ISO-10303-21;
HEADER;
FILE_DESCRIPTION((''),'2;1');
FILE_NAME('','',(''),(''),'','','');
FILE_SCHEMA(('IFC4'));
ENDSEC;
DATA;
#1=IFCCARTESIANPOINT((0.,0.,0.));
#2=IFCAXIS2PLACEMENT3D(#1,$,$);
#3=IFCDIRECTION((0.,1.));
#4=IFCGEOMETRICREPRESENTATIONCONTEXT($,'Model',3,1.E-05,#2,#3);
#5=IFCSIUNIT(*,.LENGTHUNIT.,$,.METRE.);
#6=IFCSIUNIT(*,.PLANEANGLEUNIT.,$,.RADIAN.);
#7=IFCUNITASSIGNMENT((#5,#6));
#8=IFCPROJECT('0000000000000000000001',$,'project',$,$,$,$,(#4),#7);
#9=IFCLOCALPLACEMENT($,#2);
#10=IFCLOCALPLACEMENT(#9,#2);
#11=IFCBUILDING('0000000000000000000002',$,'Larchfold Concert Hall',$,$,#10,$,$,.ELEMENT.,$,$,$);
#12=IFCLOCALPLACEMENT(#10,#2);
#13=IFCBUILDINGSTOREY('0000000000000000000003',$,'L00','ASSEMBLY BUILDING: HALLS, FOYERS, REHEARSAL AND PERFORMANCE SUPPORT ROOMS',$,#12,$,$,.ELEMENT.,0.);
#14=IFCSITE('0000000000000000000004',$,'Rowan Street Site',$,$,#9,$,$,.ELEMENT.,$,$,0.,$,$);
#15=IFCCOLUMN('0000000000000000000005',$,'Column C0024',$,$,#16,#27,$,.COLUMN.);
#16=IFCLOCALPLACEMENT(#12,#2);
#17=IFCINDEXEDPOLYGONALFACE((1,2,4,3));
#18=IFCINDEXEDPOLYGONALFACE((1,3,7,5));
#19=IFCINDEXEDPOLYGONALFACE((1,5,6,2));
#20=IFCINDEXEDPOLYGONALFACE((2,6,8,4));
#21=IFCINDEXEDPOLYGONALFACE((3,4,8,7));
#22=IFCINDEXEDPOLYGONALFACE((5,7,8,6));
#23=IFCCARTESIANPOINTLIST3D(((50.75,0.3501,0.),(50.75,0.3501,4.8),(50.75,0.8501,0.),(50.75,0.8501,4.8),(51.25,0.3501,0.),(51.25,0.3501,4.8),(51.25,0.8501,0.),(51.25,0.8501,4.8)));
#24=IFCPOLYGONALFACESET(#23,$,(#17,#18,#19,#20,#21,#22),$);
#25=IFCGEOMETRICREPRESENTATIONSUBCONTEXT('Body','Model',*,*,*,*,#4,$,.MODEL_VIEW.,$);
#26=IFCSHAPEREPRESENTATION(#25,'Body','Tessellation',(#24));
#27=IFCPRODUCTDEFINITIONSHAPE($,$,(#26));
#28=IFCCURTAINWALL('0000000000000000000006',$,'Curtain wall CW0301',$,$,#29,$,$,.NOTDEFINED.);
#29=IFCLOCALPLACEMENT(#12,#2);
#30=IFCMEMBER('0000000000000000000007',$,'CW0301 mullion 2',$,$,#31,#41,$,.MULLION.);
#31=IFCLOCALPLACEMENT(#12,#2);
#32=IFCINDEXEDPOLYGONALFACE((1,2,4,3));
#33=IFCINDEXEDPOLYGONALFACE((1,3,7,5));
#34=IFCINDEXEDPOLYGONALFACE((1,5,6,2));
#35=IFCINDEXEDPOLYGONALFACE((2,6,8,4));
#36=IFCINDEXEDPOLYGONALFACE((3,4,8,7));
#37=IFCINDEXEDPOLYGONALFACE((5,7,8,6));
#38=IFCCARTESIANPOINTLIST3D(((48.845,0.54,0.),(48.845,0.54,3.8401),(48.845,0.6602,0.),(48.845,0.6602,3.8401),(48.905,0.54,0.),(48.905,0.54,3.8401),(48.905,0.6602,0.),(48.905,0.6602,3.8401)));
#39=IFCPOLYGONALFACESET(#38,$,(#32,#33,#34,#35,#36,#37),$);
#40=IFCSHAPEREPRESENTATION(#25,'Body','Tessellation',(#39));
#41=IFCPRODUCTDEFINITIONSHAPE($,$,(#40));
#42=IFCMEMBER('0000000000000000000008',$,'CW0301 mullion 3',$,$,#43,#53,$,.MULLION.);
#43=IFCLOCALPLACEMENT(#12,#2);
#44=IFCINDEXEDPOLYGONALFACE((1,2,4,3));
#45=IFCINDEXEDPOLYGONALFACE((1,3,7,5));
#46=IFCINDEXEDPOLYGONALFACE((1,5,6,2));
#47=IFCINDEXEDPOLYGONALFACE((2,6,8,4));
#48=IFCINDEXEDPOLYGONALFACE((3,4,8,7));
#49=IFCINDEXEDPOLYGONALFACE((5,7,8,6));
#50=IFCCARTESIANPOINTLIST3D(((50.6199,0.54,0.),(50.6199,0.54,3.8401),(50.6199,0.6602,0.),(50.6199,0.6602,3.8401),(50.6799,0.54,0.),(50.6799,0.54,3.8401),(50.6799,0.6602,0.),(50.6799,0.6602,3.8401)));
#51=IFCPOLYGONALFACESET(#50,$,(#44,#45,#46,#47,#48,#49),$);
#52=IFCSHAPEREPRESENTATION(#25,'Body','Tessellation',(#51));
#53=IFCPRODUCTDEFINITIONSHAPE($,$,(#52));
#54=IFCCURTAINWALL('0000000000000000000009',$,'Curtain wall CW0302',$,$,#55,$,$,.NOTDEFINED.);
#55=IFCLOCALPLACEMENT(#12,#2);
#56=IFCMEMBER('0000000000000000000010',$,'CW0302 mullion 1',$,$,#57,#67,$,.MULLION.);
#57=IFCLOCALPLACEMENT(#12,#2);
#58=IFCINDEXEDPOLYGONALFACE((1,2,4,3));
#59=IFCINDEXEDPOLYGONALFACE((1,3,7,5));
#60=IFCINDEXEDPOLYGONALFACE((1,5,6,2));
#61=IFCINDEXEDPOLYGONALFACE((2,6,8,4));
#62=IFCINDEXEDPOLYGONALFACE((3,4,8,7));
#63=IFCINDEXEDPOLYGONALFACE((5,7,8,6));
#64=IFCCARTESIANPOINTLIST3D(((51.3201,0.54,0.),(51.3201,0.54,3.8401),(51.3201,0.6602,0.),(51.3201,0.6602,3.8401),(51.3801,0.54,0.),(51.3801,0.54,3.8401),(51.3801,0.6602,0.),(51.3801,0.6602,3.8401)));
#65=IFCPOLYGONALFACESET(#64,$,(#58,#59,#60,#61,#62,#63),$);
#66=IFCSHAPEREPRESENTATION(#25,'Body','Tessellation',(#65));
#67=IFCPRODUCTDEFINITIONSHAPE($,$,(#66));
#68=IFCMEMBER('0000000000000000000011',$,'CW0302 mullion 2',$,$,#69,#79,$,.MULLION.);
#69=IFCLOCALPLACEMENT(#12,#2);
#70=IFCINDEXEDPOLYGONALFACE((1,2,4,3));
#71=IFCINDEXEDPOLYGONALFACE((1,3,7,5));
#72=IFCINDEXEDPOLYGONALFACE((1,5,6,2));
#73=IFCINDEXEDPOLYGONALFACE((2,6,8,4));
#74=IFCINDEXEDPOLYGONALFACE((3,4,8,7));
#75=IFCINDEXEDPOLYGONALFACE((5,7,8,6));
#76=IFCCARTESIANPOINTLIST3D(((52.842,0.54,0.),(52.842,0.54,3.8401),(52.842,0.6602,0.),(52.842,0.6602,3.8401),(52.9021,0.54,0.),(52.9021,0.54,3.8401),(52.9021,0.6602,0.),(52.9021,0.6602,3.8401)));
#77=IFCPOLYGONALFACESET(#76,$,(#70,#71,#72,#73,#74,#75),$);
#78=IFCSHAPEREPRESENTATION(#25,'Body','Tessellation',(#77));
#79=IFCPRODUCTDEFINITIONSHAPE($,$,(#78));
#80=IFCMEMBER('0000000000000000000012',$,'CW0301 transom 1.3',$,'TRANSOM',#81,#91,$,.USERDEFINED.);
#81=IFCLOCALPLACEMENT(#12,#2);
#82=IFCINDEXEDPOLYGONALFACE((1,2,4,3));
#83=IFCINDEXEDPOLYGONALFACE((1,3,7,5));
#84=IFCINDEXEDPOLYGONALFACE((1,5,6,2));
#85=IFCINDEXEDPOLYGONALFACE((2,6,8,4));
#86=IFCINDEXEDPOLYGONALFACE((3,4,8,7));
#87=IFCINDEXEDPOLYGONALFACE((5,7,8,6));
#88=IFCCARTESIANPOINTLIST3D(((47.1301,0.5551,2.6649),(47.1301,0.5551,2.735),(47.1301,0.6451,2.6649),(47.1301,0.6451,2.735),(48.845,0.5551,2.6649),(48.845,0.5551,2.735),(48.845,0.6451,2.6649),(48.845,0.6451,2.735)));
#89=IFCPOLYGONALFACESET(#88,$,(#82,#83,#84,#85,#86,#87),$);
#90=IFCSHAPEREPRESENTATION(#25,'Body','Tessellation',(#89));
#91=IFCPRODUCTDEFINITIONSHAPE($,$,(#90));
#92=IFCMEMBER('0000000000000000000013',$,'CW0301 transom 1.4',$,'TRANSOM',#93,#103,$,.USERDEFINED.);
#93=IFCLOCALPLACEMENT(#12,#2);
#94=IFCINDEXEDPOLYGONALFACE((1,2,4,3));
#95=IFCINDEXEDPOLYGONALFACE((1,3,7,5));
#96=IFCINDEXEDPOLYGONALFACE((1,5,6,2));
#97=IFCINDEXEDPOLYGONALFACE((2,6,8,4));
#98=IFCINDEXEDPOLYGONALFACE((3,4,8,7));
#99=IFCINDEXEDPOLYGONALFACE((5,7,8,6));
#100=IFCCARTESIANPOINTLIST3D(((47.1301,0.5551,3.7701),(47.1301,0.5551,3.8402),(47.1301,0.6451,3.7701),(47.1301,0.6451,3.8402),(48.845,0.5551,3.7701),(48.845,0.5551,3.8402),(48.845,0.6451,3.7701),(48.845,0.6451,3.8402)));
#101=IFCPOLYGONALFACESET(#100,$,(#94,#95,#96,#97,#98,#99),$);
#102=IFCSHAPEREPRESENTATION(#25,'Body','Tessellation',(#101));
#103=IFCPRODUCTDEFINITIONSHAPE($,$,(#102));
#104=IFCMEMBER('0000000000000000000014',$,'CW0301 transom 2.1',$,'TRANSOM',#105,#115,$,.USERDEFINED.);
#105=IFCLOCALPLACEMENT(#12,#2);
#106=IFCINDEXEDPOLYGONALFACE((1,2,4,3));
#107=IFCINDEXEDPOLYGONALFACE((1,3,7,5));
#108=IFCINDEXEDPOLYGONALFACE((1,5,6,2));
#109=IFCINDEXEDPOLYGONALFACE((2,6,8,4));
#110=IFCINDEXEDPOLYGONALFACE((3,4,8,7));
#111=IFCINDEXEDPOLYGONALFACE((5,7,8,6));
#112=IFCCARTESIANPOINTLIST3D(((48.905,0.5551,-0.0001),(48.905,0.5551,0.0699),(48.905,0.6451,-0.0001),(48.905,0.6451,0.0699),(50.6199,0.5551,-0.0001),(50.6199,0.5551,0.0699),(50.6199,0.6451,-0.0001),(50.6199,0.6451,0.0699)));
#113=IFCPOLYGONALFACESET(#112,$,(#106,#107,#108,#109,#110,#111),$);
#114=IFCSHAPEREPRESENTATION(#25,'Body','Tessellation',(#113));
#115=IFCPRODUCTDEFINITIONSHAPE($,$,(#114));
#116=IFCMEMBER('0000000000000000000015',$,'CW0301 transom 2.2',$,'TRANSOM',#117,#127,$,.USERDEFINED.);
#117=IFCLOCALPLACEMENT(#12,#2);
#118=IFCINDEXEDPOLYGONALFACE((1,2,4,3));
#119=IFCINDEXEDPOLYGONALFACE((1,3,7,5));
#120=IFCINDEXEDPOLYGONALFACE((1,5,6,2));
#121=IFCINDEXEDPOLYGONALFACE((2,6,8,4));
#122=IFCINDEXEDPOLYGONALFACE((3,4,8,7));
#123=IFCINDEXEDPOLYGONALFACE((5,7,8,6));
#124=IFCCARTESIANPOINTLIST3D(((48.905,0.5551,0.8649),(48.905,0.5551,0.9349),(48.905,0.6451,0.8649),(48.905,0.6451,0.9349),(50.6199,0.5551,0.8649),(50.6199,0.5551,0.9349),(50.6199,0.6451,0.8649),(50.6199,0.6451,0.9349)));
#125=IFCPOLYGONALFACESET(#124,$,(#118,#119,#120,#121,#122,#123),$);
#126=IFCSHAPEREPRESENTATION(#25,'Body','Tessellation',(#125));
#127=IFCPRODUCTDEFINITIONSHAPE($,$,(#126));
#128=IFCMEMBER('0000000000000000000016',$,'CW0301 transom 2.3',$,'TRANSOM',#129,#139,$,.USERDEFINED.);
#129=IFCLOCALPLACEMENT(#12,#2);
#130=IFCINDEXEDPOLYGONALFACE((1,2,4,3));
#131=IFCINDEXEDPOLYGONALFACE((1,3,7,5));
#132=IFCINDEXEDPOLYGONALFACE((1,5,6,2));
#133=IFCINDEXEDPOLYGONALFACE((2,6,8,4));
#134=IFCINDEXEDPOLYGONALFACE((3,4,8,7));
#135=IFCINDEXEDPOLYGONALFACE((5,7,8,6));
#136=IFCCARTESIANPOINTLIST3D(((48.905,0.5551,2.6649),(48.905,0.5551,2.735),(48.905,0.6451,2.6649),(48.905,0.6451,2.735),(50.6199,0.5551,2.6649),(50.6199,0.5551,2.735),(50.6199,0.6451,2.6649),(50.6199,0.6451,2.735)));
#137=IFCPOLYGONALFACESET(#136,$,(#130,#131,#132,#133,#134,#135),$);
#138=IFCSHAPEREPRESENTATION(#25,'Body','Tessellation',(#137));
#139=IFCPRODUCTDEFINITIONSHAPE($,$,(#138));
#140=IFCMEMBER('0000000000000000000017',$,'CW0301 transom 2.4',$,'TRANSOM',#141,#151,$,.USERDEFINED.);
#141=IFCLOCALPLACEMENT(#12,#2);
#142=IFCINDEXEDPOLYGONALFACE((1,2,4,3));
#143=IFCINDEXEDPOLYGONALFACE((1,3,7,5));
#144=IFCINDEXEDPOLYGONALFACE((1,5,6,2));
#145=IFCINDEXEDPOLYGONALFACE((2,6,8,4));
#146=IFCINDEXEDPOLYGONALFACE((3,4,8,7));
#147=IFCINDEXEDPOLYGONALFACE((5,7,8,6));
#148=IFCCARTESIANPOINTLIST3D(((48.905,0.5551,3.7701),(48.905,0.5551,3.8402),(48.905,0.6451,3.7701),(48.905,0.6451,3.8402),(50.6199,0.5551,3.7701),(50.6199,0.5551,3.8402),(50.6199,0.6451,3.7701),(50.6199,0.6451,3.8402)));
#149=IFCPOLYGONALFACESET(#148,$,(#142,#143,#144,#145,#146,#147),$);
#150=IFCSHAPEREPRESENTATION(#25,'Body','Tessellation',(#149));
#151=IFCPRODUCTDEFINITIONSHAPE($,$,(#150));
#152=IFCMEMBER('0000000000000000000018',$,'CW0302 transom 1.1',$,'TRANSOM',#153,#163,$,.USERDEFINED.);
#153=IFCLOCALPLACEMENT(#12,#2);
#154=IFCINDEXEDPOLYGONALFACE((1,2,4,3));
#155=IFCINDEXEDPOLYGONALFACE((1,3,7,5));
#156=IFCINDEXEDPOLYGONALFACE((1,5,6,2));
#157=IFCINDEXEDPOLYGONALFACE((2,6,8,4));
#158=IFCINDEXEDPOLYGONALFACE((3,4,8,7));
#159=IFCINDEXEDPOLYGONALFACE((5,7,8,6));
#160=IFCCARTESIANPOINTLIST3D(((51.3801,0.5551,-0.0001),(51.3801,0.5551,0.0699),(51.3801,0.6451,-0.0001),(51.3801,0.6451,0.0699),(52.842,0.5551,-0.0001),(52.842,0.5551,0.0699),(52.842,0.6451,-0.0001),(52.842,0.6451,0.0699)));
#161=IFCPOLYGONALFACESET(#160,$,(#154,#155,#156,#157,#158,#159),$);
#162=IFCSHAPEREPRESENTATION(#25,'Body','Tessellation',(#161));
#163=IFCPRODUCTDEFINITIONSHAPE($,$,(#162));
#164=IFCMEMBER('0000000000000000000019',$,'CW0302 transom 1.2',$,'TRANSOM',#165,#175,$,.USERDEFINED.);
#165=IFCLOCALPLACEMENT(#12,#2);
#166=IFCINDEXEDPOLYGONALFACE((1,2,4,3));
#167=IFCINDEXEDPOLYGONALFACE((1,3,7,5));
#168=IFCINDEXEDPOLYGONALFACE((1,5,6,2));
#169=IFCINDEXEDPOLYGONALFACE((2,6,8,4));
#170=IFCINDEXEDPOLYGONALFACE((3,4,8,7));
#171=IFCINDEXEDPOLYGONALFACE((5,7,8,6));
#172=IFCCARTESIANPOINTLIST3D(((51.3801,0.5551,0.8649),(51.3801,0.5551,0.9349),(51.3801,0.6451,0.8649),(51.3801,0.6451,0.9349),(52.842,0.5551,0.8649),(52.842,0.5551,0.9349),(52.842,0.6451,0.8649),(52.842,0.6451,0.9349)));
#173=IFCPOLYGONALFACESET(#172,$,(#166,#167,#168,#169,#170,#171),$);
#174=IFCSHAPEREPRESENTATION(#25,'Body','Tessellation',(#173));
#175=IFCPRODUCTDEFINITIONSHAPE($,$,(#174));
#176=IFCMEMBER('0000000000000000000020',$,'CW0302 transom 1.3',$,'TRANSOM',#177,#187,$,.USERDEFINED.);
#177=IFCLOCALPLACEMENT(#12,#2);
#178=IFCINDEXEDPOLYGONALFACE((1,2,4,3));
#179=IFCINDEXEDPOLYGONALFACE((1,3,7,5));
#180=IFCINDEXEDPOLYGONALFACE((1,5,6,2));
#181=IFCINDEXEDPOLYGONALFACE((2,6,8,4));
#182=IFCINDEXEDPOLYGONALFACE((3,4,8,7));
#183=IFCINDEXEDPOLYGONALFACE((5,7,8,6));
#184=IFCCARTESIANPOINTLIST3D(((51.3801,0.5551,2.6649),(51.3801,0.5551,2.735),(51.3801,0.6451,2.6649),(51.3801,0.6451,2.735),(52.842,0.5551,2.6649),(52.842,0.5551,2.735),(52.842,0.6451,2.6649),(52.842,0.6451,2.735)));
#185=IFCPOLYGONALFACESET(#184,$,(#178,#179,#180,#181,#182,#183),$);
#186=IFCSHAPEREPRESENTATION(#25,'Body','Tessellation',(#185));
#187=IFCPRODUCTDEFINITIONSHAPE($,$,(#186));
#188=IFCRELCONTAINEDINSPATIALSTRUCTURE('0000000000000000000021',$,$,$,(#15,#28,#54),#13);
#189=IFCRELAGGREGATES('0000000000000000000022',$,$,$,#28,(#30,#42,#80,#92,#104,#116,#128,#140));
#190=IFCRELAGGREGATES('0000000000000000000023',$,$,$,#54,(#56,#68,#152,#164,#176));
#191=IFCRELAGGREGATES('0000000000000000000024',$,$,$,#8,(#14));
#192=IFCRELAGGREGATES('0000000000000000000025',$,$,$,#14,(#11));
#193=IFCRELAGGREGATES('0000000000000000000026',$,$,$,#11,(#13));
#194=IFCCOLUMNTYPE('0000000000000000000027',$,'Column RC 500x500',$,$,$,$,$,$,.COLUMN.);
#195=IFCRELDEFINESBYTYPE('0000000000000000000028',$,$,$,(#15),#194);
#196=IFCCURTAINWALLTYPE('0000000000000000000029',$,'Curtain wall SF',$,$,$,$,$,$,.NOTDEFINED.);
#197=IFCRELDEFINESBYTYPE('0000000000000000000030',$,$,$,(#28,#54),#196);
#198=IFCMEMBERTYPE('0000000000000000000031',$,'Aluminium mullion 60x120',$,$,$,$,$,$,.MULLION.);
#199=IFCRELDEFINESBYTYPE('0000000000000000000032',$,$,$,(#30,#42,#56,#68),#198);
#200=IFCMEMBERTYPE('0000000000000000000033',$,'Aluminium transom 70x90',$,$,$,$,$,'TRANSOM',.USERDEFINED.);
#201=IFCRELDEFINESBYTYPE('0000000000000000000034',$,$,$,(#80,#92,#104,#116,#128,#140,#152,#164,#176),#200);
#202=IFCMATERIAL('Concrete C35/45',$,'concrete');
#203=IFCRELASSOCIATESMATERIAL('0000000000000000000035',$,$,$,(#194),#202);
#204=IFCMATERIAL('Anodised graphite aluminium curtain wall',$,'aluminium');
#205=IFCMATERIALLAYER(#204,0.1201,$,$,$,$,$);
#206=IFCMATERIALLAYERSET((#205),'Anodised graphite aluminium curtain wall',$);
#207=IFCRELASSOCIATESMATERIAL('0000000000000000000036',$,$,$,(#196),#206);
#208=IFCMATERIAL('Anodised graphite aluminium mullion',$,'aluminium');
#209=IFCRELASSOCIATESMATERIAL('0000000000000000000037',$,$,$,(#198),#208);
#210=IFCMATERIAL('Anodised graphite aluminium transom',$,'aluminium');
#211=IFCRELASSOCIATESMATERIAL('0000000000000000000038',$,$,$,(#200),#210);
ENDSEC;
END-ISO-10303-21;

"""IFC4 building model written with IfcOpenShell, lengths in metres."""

from ifc_helpers import new_model, si_unit, direction, frame, origin, origin_2d, place, context, subcontext, project, spatial, rectangle, extrude, material, layer, layer_set, material_profile, profile_set, type_object, element, aggregate, save


model = new_model("IFC4")

# Units and contexts
model_context = context("Model", 3, precision=1e-05, world=origin(), true_north=direction((0.0, 1.0)))
body_context = subcontext(model_context, "Body", "Model", "MODEL_VIEW")
ifc_project = project(units=[si_unit("LENGTHUNIT", "METRE"), si_unit("PLANEANGLEUNIT", "RADIAN")], contexts=[model_context])

# Site, building, storey
site_placement = place(None, origin())
site = spatial("IfcSite", under=ifc_project, at=site_placement, Name="Rowan Street Site", CompositionType="ELEMENT", RefElevation=0.0)
building_placement = place(site_placement, origin())
building = spatial("IfcBuilding", under=site, at=building_placement, Name="Larchfold Concert Hall", CompositionType="ELEMENT")
storey_placement = place(building_placement, origin())
storey = spatial("IfcBuildingStorey", under=building, at=storey_placement, Name="L00", Description="ASSEMBLY BUILDING: HALLS, FOYERS, REHEARSAL AND PERFORMANCE SUPPORT ROOMS", CompositionType="ELEMENT", Elevation=0.0)

# Column
ifc_material_1 = material(Name="Concrete C35/45", Category="concrete")
ifc_material_profile_1 = material_profile(ifc_material_1, rectangle(XDim=0.5, YDim=0.5, at=origin_2d()))
ifc_profile_set_1 = profile_set([ifc_material_profile_1], Name="Concrete C35/45")
column_type = type_object("IfcColumnType", Name="Column RC 500x500", PredefinedType="COLUMN", material=ifc_profile_set_1)
column_placement = place(storey_placement, frame((51.0, 0.6001, 0.0), z_axis=(0.0, 0.0, 1.0), x_axis=(1.0, 0.0, 0.0)))
element("IfcColumn", 1, at=column_placement, inside=storey, type_object=column_type, Name="Column C0024", PredefinedType="COLUMN", context=body_context, shape_type="SweptSolid", body=[
    extrude(rectangle(XDim=0.5, YDim=0.5, at=origin_2d()), origin(), (0.0, 0.0, 1.0), 4.8),
])

# Curtain walls, members
ifc_material_2 = material(Name="Anodised graphite aluminium curtain wall", Category="aluminium")
ifc_layer_1 = layer(ifc_material_2, 0.1201)
ifc_layer_set_1 = layer_set([ifc_layer_1], Name="Anodised graphite aluminium curtain wall")
curtain_wall_type = type_object("IfcCurtainWallType", Name="Curtain wall SF", PredefinedType="NOTDEFINED", material=ifc_layer_set_1)
curtain_wall_1_placement = place(storey_placement, origin())
curtain_wall_1 = element("IfcCurtainWall", 2, at=curtain_wall_1_placement, inside=storey, type_object=curtain_wall_type, Name="Curtain wall CW0301", PredefinedType="NOTDEFINED")
ifc_material_3 = material(Name="Anodised graphite aluminium mullion", Category="aluminium")
ifc_material_profile_2 = material_profile(ifc_material_3, rectangle(XDim=0.1201, YDim=0.0601, at=origin_2d()))
ifc_profile_set_2 = profile_set([ifc_material_profile_2], Name="Anodised graphite aluminium mullion")
member_type_1 = type_object("IfcMemberType", Name="Aluminium mullion 60x120", PredefinedType="MULLION", material=ifc_profile_set_2)
member_1_placement = place(storey_placement, frame((48.875, 0.6001, 0.0), z_axis=(0.0, 0.0, 1.0), x_axis=(0.0, 1.0, 0.0)))
member_1 = element("IfcMember", 3, at=member_1_placement, type_object=member_type_1, Name="CW0301 mullion 2", PredefinedType="MULLION", context=body_context, shape_type="SweptSolid", body=[
    extrude(rectangle(XDim=0.1201, YDim=0.0601, at=origin_2d()), origin(), (0.0, 0.0, 1.0), 3.8401),
])
member_2_placement = place(storey_placement, frame((50.6499, 0.6001, 0.0), z_axis=(0.0, 0.0, 1.0), x_axis=(0.0, 1.0, 0.0)))
member_2 = element("IfcMember", 4, at=member_2_placement, type_object=member_type_1, Name="CW0301 mullion 3", PredefinedType="MULLION", context=body_context, shape_type="SweptSolid", body=[
    extrude(rectangle(XDim=0.1201, YDim=0.0601, at=origin_2d()), origin(), (0.0, 0.0, 1.0), 3.8401),
])
curtain_wall_2_placement = place(storey_placement, origin())
curtain_wall_2 = element("IfcCurtainWall", 5, at=curtain_wall_2_placement, inside=storey, type_object=curtain_wall_type, Name="Curtain wall CW0302", PredefinedType="NOTDEFINED")
member_3_placement = place(storey_placement, frame((51.3501, 0.6001, 0.0), z_axis=(0.0, 0.0, 1.0), x_axis=(0.0, 1.0, 0.0)))
member_3 = element("IfcMember", 6, at=member_3_placement, type_object=member_type_1, Name="CW0302 mullion 1", PredefinedType="MULLION", context=body_context, shape_type="SweptSolid", body=[
    extrude(rectangle(XDim=0.1201, YDim=0.0601, at=origin_2d()), origin(), (0.0, 0.0, 1.0), 3.8401),
])
member_4_placement = place(storey_placement, frame((52.8721, 0.6001, 0.0), z_axis=(0.0, 0.0, 1.0), x_axis=(0.0, 1.0, 0.0)))
member_4 = element("IfcMember", 7, at=member_4_placement, type_object=member_type_1, Name="CW0302 mullion 2", PredefinedType="MULLION", context=body_context, shape_type="SweptSolid", body=[
    extrude(rectangle(XDim=0.1201, YDim=0.0601, at=origin_2d()), origin(), (0.0, 0.0, 1.0), 3.8401),
])

# Members
ifc_material_4 = material(Name="Anodised graphite aluminium transom", Category="aluminium")
ifc_material_profile_3 = material_profile(ifc_material_4, rectangle(XDim=0.0901, YDim=0.0701, at=origin_2d()))
ifc_profile_set_3 = profile_set([ifc_material_profile_3], Name="Anodised graphite aluminium transom")
member_type_2 = type_object("IfcMemberType", Name="Aluminium transom 70x90", ElementType="TRANSOM", PredefinedType="USERDEFINED", material=ifc_profile_set_3)
member_5_placement = place(storey_placement, frame((47.1301, 0.6001, 2.7), z_axis=(1.0, 0.0, 0.0), x_axis=(0.0, 1.0, 0.0)))
member_5 = element("IfcMember", 8, at=member_5_placement, type_object=member_type_2, Name="CW0301 transom 1.3", ObjectType="TRANSOM", PredefinedType="USERDEFINED", context=body_context, shape_type="SweptSolid", body=[
    extrude(rectangle(XDim=0.0901, YDim=0.0701, at=origin_2d()), origin(), (0.0, 0.0, 1.0), 1.7148),
])
member_6_placement = place(storey_placement, frame((47.1301, 0.6001, 3.8052), z_axis=(1.0, 0.0, 0.0), x_axis=(0.0, 1.0, 0.0)))
member_6 = element("IfcMember", 9, at=member_6_placement, type_object=member_type_2, Name="CW0301 transom 1.4", ObjectType="TRANSOM", PredefinedType="USERDEFINED", context=body_context, shape_type="SweptSolid", body=[
    extrude(rectangle(XDim=0.0901, YDim=0.0701, at=origin_2d()), origin(), (0.0, 0.0, 1.0), 1.7148),
])
member_7_placement = place(storey_placement, frame((48.905, 0.6001, 0.0349), z_axis=(1.0, 0.0, 0.0), x_axis=(0.0, 1.0, 0.0)))
member_7 = element("IfcMember", 10, at=member_7_placement, type_object=member_type_2, Name="CW0301 transom 2.1", ObjectType="TRANSOM", PredefinedType="USERDEFINED", context=body_context, shape_type="SweptSolid", body=[
    extrude(rectangle(XDim=0.0901, YDim=0.0701, at=origin_2d()), origin(), (0.0, 0.0, 1.0), 1.7148),
])
member_8_placement = place(storey_placement, frame((48.905, 0.6001, 0.8999), z_axis=(1.0, 0.0, 0.0), x_axis=(0.0, 1.0, 0.0)))
member_8 = element("IfcMember", 11, at=member_8_placement, type_object=member_type_2, Name="CW0301 transom 2.2", ObjectType="TRANSOM", PredefinedType="USERDEFINED", context=body_context, shape_type="SweptSolid", body=[
    extrude(rectangle(XDim=0.0901, YDim=0.0701, at=origin_2d()), origin(), (0.0, 0.0, 1.0), 1.7148),
])
member_9_placement = place(storey_placement, frame((48.905, 0.6001, 2.7), z_axis=(1.0, 0.0, 0.0), x_axis=(0.0, 1.0, 0.0)))
member_9 = element("IfcMember", 12, at=member_9_placement, type_object=member_type_2, Name="CW0301 transom 2.3", ObjectType="TRANSOM", PredefinedType="USERDEFINED", context=body_context, shape_type="SweptSolid", body=[
    extrude(rectangle(XDim=0.0901, YDim=0.0701, at=origin_2d()), origin(), (0.0, 0.0, 1.0), 1.7148),
])
member_10_placement = place(storey_placement, frame((48.905, 0.6001, 3.8052), z_axis=(1.0, 0.0, 0.0), x_axis=(0.0, 1.0, 0.0)))
member_10 = element("IfcMember", 13, at=member_10_placement, type_object=member_type_2, Name="CW0301 transom 2.4", ObjectType="TRANSOM", PredefinedType="USERDEFINED", context=body_context, shape_type="SweptSolid", body=[
    extrude(rectangle(XDim=0.0901, YDim=0.0701, at=origin_2d()), origin(), (0.0, 0.0, 1.0), 1.7148),
])
member_11_placement = place(storey_placement, frame((51.3801, 0.6001, 0.0349), z_axis=(1.0, 0.0, 0.0), x_axis=(0.0, 1.0, 0.0)))
member_11 = element("IfcMember", 14, at=member_11_placement, type_object=member_type_2, Name="CW0302 transom 1.1", ObjectType="TRANSOM", PredefinedType="USERDEFINED", context=body_context, shape_type="SweptSolid", body=[
    extrude(rectangle(XDim=0.0901, YDim=0.0701, at=origin_2d()), origin(), (0.0, 0.0, 1.0), 1.4619),
])
member_12_placement = place(storey_placement, frame((51.3801, 0.6001, 0.8999), z_axis=(1.0, 0.0, 0.0), x_axis=(0.0, 1.0, 0.0)))
member_12 = element("IfcMember", 15, at=member_12_placement, type_object=member_type_2, Name="CW0302 transom 1.2", ObjectType="TRANSOM", PredefinedType="USERDEFINED", context=body_context, shape_type="SweptSolid", body=[
    extrude(rectangle(XDim=0.0901, YDim=0.0701, at=origin_2d()), origin(), (0.0, 0.0, 1.0), 1.4619),
])
member_13_placement = place(storey_placement, frame((51.3801, 0.6001, 2.7), z_axis=(1.0, 0.0, 0.0), x_axis=(0.0, 1.0, 0.0)))
member_13 = element("IfcMember", 16, at=member_13_placement, type_object=member_type_2, Name="CW0302 transom 1.3", ObjectType="TRANSOM", PredefinedType="USERDEFINED", context=body_context, shape_type="SweptSolid", body=[
    extrude(rectangle(XDim=0.0901, YDim=0.0701, at=origin_2d()), origin(), (0.0, 0.0, 1.0), 1.4619),
])

aggregate(curtain_wall_1, [member_1, member_2, member_5, member_6, member_7, member_8, member_9, member_10])
aggregate(curtain_wall_2, [member_3, member_4, member_11, member_12, member_13])

save(model, "model.ifc")
